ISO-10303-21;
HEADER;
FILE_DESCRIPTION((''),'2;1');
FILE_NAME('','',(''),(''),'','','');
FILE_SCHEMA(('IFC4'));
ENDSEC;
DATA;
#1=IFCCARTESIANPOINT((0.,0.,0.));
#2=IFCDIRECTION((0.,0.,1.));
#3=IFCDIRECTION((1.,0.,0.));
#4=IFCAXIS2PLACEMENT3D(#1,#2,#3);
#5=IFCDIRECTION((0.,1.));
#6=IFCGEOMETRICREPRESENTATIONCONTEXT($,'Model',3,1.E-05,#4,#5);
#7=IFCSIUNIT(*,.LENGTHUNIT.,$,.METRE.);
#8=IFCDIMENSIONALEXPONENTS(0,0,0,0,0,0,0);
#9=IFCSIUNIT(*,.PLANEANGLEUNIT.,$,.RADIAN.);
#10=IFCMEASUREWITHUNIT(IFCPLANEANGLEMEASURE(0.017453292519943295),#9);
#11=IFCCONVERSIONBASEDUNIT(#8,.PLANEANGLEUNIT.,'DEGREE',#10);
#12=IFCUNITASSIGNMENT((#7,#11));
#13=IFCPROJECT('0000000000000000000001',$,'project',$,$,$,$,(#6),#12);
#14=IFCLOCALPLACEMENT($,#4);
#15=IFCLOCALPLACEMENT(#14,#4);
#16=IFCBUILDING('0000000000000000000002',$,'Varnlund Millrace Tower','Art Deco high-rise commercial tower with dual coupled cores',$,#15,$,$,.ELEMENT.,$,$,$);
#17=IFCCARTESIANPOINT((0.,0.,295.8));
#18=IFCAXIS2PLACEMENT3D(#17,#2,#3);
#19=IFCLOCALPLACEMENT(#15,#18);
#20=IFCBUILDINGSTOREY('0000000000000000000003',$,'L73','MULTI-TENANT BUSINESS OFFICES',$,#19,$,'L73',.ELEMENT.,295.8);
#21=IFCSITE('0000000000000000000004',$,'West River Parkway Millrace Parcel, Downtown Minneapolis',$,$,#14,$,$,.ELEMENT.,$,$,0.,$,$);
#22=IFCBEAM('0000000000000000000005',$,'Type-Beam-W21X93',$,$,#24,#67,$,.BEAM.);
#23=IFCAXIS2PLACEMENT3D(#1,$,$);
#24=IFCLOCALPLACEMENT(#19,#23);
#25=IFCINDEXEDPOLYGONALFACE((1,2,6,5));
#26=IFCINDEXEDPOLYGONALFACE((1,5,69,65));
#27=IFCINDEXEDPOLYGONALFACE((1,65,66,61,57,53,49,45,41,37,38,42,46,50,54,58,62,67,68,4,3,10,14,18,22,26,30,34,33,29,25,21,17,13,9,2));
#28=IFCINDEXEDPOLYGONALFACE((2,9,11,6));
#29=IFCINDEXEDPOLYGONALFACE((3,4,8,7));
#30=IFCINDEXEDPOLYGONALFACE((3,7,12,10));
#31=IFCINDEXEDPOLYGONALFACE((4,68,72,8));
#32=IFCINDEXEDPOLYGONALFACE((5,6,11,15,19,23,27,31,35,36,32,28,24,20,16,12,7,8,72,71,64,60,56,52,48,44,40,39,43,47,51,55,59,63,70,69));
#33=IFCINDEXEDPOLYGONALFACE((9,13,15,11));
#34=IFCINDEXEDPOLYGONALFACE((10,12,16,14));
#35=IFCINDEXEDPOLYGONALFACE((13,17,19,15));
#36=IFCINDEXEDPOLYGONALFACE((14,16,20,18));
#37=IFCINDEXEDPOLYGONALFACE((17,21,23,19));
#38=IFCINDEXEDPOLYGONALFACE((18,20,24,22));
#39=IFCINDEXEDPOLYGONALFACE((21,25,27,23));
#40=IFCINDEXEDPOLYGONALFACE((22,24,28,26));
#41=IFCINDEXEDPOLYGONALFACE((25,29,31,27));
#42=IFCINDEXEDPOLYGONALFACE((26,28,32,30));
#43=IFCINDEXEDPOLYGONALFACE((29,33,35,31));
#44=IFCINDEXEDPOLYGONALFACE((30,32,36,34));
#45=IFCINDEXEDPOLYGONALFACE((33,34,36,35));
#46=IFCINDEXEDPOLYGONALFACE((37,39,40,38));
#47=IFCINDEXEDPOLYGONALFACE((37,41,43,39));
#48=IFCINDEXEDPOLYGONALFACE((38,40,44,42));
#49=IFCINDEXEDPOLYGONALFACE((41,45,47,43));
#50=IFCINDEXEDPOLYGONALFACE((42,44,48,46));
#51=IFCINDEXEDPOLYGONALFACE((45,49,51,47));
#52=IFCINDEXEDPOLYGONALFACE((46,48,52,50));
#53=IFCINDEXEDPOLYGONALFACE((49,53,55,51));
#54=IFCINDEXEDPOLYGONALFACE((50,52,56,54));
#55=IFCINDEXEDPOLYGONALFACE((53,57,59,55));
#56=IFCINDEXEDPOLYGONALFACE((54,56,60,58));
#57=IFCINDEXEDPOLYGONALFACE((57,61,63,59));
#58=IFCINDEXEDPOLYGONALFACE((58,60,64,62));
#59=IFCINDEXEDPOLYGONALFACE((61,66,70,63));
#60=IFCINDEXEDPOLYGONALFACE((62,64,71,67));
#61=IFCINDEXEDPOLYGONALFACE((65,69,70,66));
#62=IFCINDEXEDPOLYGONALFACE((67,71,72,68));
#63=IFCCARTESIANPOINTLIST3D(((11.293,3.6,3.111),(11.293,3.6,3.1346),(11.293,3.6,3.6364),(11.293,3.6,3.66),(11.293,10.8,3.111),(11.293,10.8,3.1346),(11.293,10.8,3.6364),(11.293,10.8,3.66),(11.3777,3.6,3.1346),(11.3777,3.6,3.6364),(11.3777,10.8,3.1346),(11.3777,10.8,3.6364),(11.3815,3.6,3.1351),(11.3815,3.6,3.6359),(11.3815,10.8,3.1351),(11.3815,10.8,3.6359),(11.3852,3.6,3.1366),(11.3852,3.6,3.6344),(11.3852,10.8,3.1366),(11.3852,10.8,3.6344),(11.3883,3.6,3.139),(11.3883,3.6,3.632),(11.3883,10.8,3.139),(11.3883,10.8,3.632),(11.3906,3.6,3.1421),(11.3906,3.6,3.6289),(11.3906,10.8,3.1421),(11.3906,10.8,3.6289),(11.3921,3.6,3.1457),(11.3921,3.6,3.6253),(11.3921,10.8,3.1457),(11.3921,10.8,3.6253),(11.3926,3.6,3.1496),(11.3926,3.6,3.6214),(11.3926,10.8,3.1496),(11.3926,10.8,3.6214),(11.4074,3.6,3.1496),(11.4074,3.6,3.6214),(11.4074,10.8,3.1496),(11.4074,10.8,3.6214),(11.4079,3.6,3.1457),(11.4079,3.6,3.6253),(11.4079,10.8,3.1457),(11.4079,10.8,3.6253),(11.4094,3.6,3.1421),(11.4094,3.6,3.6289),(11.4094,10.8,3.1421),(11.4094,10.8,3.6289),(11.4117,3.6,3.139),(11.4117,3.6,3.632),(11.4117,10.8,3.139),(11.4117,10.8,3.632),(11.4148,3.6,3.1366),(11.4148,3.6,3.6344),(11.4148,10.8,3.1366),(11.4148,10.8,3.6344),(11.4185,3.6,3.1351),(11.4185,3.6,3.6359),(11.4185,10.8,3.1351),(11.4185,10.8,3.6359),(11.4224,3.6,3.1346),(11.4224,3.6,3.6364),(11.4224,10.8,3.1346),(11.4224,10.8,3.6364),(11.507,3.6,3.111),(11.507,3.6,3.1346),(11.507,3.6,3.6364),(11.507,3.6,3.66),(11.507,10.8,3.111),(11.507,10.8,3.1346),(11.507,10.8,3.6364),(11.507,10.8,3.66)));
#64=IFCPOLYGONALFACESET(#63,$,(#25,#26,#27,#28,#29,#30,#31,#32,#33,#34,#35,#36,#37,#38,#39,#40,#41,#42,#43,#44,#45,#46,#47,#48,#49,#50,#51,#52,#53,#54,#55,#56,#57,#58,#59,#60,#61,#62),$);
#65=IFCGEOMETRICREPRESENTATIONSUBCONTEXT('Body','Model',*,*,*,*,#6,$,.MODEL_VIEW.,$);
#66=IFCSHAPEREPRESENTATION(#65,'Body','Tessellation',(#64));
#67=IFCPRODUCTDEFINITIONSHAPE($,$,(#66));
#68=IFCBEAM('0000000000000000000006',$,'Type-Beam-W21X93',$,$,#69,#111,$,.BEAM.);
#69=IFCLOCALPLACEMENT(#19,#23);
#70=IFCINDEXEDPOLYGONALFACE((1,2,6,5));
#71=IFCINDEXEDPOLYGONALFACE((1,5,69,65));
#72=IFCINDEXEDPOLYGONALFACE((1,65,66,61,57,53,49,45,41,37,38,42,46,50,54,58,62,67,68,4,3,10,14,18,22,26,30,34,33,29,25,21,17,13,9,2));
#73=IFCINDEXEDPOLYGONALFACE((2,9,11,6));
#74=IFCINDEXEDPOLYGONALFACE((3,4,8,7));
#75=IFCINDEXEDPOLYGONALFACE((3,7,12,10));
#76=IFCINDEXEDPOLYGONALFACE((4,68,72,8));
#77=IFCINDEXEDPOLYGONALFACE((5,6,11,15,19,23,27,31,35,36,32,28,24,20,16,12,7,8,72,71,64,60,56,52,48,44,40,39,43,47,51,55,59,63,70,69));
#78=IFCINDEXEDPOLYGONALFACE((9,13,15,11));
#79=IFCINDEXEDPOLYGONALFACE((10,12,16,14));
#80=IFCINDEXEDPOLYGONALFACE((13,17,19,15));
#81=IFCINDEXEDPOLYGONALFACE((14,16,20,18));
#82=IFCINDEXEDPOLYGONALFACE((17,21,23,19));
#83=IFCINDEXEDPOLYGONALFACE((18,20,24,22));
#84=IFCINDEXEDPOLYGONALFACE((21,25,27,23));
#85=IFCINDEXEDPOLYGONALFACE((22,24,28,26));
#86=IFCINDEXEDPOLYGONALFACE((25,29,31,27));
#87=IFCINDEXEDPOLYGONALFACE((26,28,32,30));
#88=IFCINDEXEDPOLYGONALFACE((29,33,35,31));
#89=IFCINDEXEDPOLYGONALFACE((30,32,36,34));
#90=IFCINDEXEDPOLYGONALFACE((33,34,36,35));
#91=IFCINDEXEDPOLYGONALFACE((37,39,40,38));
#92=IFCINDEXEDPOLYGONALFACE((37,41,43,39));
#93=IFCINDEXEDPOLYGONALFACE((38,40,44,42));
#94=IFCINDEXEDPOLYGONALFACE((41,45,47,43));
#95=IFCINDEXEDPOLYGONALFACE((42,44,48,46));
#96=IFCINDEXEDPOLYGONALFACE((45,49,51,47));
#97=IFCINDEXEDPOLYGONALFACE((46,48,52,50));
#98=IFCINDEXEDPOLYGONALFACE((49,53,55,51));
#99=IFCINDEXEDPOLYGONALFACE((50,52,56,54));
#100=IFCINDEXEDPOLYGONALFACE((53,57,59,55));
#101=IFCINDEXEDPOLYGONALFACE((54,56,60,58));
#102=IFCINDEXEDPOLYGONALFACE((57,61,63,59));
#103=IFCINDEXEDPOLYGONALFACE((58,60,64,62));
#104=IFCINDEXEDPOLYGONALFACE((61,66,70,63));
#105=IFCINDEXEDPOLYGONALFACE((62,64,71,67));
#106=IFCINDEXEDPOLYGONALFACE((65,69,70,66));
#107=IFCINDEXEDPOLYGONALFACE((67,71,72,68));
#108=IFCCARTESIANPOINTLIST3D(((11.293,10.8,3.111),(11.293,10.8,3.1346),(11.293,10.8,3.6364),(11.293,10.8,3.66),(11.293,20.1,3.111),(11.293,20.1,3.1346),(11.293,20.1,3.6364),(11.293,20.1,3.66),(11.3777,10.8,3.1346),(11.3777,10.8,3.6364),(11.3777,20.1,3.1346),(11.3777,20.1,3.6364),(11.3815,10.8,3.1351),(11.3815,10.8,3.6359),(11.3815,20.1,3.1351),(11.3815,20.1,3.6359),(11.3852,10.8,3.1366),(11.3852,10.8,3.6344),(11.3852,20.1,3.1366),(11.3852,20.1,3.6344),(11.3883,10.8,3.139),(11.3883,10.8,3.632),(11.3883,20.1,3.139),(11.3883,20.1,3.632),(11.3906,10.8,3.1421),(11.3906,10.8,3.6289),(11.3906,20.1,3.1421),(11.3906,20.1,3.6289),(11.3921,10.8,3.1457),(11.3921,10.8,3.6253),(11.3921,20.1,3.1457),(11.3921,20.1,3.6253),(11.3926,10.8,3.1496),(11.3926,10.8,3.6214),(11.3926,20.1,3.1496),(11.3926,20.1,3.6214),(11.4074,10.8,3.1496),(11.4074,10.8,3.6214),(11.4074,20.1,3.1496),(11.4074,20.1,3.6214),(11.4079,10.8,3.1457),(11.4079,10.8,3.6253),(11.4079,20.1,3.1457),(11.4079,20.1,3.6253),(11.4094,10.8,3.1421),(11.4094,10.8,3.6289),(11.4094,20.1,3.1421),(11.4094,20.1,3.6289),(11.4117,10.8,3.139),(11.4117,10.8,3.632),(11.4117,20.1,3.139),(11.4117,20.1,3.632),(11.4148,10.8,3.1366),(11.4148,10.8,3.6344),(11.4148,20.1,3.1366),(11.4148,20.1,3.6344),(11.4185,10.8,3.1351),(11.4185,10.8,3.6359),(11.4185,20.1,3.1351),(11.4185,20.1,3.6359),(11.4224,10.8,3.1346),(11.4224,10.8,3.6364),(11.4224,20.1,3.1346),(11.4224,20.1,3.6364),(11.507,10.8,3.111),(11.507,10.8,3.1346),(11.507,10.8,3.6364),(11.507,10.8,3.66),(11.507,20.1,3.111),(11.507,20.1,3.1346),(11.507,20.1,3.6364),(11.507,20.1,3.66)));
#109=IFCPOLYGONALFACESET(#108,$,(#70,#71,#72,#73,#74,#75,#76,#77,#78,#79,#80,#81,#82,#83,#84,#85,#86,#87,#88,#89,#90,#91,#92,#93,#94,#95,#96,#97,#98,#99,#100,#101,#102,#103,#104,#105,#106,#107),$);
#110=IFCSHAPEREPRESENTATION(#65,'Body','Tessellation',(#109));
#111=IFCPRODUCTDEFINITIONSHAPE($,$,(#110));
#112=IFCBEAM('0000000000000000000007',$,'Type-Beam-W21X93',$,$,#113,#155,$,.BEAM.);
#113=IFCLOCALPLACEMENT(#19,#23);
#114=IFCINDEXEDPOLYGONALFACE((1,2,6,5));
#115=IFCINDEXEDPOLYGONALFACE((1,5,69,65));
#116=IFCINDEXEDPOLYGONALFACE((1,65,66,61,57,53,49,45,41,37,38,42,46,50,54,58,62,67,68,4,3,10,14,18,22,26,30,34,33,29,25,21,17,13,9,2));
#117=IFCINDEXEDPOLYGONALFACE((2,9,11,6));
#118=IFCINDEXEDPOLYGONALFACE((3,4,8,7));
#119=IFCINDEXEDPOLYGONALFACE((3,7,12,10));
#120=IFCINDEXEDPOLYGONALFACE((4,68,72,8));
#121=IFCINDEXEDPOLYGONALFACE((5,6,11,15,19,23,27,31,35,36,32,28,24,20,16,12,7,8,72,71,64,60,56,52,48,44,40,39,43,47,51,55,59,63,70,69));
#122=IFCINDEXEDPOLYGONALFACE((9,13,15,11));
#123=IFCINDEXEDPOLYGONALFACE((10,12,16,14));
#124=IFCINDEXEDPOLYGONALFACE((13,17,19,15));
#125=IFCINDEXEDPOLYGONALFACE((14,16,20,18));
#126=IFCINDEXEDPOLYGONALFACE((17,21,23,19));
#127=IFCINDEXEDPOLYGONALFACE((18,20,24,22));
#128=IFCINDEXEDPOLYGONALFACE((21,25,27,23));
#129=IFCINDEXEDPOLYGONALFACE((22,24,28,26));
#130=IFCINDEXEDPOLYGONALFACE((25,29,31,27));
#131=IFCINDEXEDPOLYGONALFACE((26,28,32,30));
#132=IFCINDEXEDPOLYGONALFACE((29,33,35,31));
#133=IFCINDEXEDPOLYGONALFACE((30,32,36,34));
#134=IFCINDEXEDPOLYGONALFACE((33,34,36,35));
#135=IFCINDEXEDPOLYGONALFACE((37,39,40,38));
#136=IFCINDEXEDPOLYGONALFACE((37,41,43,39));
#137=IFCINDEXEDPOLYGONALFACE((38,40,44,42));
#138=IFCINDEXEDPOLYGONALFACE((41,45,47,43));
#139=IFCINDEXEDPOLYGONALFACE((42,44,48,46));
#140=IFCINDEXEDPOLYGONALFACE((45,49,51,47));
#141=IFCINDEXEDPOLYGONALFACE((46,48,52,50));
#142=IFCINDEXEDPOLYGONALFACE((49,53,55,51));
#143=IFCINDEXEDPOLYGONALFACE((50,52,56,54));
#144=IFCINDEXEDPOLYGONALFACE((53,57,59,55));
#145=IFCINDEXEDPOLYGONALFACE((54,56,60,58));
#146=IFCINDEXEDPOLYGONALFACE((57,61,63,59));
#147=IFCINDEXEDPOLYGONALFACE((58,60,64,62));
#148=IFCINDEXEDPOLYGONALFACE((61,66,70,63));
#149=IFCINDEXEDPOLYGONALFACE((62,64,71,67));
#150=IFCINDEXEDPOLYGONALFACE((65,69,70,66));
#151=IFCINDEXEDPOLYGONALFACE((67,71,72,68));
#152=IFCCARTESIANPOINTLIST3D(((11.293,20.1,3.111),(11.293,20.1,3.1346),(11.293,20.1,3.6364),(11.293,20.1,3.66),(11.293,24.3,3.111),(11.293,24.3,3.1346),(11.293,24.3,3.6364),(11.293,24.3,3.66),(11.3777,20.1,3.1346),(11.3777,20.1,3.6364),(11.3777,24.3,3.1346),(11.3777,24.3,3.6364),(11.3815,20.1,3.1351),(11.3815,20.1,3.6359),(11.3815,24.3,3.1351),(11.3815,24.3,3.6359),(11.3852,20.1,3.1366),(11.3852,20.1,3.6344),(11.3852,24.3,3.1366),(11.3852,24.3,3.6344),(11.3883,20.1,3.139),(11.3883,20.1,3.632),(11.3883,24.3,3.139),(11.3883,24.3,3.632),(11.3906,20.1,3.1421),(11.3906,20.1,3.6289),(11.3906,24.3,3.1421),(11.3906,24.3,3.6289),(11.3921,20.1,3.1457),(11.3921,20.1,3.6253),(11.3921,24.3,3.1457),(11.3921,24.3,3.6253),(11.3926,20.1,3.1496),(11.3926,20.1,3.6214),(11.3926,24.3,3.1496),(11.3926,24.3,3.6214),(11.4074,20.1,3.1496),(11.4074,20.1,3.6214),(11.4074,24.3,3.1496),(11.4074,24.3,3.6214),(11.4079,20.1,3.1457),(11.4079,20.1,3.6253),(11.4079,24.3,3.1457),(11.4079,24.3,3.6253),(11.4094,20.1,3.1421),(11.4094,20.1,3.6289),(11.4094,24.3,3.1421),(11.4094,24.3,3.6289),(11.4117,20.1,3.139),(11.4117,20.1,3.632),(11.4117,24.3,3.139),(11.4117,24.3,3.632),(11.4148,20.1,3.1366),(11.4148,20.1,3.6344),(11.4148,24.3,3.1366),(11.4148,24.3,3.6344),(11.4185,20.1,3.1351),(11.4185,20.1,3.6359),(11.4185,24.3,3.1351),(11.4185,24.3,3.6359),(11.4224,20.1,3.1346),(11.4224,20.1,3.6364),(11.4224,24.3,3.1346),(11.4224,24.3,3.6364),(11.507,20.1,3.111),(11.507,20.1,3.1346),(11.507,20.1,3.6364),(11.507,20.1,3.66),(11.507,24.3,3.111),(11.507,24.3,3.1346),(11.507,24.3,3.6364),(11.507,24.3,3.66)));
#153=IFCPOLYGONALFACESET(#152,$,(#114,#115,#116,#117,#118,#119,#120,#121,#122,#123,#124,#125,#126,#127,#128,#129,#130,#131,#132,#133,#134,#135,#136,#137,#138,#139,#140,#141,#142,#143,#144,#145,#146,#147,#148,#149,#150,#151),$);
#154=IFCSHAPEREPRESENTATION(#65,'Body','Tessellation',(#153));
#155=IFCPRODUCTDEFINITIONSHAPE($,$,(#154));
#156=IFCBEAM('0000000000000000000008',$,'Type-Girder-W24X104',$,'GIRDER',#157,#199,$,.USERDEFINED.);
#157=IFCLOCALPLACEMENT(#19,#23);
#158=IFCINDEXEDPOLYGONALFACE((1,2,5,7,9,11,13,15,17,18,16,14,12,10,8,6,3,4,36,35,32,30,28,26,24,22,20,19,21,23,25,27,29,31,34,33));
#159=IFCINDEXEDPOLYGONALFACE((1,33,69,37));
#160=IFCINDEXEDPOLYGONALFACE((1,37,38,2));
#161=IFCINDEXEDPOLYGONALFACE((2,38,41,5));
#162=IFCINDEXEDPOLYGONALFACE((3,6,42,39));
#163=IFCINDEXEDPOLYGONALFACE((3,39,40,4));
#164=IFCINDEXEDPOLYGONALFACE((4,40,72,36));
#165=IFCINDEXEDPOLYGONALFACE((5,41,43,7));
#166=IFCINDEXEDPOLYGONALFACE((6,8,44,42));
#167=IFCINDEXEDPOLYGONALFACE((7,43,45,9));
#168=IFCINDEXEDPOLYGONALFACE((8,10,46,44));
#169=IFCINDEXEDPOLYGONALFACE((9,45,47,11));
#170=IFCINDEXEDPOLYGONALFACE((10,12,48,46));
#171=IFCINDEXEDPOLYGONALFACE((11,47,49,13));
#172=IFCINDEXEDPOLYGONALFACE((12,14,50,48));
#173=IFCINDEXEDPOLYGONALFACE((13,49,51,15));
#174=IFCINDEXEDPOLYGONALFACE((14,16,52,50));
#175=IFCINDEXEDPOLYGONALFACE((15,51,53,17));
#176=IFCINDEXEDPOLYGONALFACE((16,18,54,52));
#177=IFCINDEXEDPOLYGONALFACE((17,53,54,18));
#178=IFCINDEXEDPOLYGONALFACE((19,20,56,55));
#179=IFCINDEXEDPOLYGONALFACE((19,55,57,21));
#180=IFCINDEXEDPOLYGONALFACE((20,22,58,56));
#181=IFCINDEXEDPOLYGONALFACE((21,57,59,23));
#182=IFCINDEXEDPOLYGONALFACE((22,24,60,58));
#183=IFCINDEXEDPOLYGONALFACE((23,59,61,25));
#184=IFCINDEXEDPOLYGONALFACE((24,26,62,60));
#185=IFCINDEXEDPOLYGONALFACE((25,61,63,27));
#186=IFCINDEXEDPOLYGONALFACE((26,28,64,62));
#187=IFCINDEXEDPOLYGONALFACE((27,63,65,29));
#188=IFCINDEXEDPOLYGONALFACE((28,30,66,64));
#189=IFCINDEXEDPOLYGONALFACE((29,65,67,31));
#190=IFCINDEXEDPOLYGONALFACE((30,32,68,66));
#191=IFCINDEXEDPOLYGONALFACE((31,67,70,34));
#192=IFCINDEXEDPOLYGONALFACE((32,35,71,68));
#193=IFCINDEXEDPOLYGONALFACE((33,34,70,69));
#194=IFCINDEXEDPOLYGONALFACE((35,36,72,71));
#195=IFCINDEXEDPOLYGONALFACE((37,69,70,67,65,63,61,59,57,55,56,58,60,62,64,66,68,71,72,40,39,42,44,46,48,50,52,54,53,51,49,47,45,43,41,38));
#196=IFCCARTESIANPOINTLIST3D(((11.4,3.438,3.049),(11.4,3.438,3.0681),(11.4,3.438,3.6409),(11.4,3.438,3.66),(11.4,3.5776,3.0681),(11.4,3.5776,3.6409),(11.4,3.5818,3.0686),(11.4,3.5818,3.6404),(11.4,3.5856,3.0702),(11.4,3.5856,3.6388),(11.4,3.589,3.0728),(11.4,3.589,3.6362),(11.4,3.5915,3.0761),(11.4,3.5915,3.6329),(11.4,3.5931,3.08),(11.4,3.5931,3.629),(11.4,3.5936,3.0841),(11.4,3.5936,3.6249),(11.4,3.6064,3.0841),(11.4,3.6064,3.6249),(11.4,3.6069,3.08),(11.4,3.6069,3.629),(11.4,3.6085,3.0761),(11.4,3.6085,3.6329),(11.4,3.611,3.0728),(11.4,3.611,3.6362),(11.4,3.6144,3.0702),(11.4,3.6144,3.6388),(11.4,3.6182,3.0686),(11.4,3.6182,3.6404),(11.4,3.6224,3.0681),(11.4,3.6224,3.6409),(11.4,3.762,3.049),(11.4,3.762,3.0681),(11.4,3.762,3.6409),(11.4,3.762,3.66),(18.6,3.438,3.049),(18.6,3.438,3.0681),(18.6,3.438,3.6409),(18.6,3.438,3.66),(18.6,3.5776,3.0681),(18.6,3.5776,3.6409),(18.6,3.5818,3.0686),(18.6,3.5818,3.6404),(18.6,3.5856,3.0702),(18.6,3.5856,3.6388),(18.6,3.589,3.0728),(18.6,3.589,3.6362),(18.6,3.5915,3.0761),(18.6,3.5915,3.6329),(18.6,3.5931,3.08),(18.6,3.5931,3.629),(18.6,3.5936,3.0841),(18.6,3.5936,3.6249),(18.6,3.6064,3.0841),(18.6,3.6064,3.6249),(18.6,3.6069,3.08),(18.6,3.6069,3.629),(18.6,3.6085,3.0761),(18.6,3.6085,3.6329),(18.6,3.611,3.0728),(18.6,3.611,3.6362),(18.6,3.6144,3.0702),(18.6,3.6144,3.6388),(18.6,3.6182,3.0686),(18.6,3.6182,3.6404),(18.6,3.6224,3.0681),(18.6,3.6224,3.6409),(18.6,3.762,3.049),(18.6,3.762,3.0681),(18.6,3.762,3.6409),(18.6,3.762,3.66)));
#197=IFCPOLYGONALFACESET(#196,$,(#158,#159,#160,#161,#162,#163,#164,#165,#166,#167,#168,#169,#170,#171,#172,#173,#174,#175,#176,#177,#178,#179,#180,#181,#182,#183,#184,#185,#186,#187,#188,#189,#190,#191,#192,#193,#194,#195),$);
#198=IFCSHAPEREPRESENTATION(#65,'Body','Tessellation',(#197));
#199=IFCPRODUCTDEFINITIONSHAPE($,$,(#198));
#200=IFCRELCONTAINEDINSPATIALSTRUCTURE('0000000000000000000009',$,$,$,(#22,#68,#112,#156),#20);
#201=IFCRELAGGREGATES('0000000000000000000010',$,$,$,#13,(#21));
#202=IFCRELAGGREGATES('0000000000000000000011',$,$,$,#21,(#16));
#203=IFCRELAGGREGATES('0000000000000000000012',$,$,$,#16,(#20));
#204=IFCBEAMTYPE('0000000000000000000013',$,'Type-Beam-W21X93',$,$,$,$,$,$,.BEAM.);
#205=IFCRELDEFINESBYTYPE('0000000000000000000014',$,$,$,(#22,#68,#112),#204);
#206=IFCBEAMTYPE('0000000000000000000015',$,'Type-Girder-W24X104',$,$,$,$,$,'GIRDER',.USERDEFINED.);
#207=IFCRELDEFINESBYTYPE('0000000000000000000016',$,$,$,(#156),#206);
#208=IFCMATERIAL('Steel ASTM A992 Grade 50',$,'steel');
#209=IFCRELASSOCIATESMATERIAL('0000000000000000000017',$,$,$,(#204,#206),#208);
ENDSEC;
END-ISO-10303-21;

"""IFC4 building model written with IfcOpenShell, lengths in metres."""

from ifc_helpers import new_model, entity, si_unit, converted_unit, direction, frame, origin_with_axes, origin_2d_with_axis, place, context, subcontext, project, spatial, i_section, extrude, material, material_profile, profile_set, type_object, element, save


model = new_model("IFC4")

# Units and contexts
model_context = context("Model", 3, precision=1e-05, world=origin_with_axes(), true_north=direction((0.0, 1.0)))
body_context = subcontext(model_context, "Body", "Model", "MODEL_VIEW")
ifc_project = project(units=[si_unit("LENGTHUNIT", "METRE"), converted_unit("PLANEANGLEUNIT", "DEGREE", entity("IfcPlaneAngleMeasure", 0.017453292519943295), si_unit("PLANEANGLEUNIT", "RADIAN"), dimensions=[0, 0, 0, 0, 0, 0, 0])], contexts=[model_context])

# Site, building, storey
site_placement = place(None, origin_with_axes())
site = spatial("IfcSite", under=ifc_project, at=site_placement, Name="West River Parkway Millrace Parcel, Downtown Minneapolis", CompositionType="ELEMENT", RefElevation=0.0)
building_placement = place(site_placement, origin_with_axes())
building = spatial("IfcBuilding", under=site, at=building_placement, Name="Varnlund Millrace Tower", Description="Art Deco high-rise commercial tower with dual coupled cores", CompositionType="ELEMENT")
storey_placement = place(building_placement, frame((0.0, 0.0, 295.8), z_axis=(0.0, 0.0, 1.0), x_axis=(1.0, 0.0, 0.0)))
storey = spatial("IfcBuildingStorey", under=building, at=storey_placement, Name="L73", Description="MULTI-TENANT BUSINESS OFFICES", LongName="L73", CompositionType="ELEMENT", Elevation=295.8)

# Beams
ifc_material_1 = material(Name="Steel ASTM A992 Grade 50", Category="steel")
ifc_material_profile_1 = material_profile(ifc_material_1, i_section(OverallWidth=0.214, OverallDepth=0.549, WebThickness=0.0147, FlangeThickness=0.0236, FilletRadius=0.015, at=origin_2d_with_axis()), Name="Steel ASTM A992 Grade 50")
ifc_profile_set_1 = profile_set([ifc_material_profile_1], Name="Steel ASTM A992 Grade 50")
beam_type_1 = type_object("IfcBeamType", Name="Type-Beam-W21X93", PredefinedType="BEAM", material=ifc_profile_set_1)
beam_1_placement = place(storey_placement, frame((11.4, 3.6, 3.3855), z_axis=(0.0, 1.0, 0.0), x_axis=(-1.0, 0.0, 0.0)))
element("IfcBeam", 1, at=beam_1_placement, inside=storey, type_object=beam_type_1, Name="Type-Beam-W21X93", PredefinedType="BEAM", context=body_context, shape_type="SweptSolid", body=[
    extrude(i_section(OverallWidth=0.214, OverallDepth=0.549, WebThickness=0.0147, FlangeThickness=0.0236, FilletRadius=0.015, at=origin_2d_with_axis()), origin_with_axes(), (0.0, 0.0, 1.0), 7.2),
])
beam_2_placement = place(storey_placement, frame((11.4, 10.8, 3.3855), z_axis=(0.0, 1.0, 0.0), x_axis=(-1.0, 0.0, 0.0)))
element("IfcBeam", 2, at=beam_2_placement, inside=storey, type_object=beam_type_1, Name="Type-Beam-W21X93", PredefinedType="BEAM", context=body_context, shape_type="SweptSolid", body=[
    extrude(i_section(OverallWidth=0.214, OverallDepth=0.549, WebThickness=0.0147, FlangeThickness=0.0236, FilletRadius=0.015, at=origin_2d_with_axis()), origin_with_axes(), (0.0, 0.0, 1.0), 9.3),
])
beam_3_placement = place(storey_placement, frame((11.4, 20.1, 3.3855), z_axis=(0.0, 1.0, 0.0), x_axis=(-1.0, 0.0, 0.0)))
element("IfcBeam", 3, at=beam_3_placement, inside=storey, type_object=beam_type_1, Name="Type-Beam-W21X93", PredefinedType="BEAM", context=body_context, shape_type="SweptSolid", body=[
    extrude(i_section(OverallWidth=0.214, OverallDepth=0.549, WebThickness=0.0147, FlangeThickness=0.0236, FilletRadius=0.015, at=origin_2d_with_axis()), origin_with_axes(), (0.0, 0.0, 1.0), 4.2),
])
ifc_material_profile_2 = material_profile(ifc_material_1, i_section(OverallWidth=0.324, OverallDepth=0.611, WebThickness=0.0127, FlangeThickness=0.0191, FilletRadius=0.016, at=origin_2d_with_axis()), Name="Steel ASTM A992 Grade 50")
ifc_profile_set_2 = profile_set([ifc_material_profile_2], Name="Steel ASTM A992 Grade 50")
beam_type_2 = type_object("IfcBeamType", Name="Type-Girder-W24X104", ElementType="GIRDER", PredefinedType="USERDEFINED", material=ifc_profile_set_2)
for number, where, z_axis, x_axis, name in (
    (4, (11.4, 3.6, 3.3545), (1.0, 0.0, 0.0), (0.0, 1.0, 0.0), "Type-Girder-W24X104"),
):
    element("IfcBeam", number, at=place(storey_placement, frame(where, z_axis=z_axis, x_axis=x_axis)), inside=storey, type_object=beam_type_2, Name=name, ObjectType="GIRDER", PredefinedType="USERDEFINED", context=body_context, shape_type="SweptSolid", body=[
        extrude(i_section(OverallWidth=0.324, OverallDepth=0.611, WebThickness=0.0127, FlangeThickness=0.0191, FilletRadius=0.016, at=origin_2d_with_axis()), origin_with_axes(), (0.0, 0.0, 1.0), 7.2),
    ])

save(model, "model.ifc")
